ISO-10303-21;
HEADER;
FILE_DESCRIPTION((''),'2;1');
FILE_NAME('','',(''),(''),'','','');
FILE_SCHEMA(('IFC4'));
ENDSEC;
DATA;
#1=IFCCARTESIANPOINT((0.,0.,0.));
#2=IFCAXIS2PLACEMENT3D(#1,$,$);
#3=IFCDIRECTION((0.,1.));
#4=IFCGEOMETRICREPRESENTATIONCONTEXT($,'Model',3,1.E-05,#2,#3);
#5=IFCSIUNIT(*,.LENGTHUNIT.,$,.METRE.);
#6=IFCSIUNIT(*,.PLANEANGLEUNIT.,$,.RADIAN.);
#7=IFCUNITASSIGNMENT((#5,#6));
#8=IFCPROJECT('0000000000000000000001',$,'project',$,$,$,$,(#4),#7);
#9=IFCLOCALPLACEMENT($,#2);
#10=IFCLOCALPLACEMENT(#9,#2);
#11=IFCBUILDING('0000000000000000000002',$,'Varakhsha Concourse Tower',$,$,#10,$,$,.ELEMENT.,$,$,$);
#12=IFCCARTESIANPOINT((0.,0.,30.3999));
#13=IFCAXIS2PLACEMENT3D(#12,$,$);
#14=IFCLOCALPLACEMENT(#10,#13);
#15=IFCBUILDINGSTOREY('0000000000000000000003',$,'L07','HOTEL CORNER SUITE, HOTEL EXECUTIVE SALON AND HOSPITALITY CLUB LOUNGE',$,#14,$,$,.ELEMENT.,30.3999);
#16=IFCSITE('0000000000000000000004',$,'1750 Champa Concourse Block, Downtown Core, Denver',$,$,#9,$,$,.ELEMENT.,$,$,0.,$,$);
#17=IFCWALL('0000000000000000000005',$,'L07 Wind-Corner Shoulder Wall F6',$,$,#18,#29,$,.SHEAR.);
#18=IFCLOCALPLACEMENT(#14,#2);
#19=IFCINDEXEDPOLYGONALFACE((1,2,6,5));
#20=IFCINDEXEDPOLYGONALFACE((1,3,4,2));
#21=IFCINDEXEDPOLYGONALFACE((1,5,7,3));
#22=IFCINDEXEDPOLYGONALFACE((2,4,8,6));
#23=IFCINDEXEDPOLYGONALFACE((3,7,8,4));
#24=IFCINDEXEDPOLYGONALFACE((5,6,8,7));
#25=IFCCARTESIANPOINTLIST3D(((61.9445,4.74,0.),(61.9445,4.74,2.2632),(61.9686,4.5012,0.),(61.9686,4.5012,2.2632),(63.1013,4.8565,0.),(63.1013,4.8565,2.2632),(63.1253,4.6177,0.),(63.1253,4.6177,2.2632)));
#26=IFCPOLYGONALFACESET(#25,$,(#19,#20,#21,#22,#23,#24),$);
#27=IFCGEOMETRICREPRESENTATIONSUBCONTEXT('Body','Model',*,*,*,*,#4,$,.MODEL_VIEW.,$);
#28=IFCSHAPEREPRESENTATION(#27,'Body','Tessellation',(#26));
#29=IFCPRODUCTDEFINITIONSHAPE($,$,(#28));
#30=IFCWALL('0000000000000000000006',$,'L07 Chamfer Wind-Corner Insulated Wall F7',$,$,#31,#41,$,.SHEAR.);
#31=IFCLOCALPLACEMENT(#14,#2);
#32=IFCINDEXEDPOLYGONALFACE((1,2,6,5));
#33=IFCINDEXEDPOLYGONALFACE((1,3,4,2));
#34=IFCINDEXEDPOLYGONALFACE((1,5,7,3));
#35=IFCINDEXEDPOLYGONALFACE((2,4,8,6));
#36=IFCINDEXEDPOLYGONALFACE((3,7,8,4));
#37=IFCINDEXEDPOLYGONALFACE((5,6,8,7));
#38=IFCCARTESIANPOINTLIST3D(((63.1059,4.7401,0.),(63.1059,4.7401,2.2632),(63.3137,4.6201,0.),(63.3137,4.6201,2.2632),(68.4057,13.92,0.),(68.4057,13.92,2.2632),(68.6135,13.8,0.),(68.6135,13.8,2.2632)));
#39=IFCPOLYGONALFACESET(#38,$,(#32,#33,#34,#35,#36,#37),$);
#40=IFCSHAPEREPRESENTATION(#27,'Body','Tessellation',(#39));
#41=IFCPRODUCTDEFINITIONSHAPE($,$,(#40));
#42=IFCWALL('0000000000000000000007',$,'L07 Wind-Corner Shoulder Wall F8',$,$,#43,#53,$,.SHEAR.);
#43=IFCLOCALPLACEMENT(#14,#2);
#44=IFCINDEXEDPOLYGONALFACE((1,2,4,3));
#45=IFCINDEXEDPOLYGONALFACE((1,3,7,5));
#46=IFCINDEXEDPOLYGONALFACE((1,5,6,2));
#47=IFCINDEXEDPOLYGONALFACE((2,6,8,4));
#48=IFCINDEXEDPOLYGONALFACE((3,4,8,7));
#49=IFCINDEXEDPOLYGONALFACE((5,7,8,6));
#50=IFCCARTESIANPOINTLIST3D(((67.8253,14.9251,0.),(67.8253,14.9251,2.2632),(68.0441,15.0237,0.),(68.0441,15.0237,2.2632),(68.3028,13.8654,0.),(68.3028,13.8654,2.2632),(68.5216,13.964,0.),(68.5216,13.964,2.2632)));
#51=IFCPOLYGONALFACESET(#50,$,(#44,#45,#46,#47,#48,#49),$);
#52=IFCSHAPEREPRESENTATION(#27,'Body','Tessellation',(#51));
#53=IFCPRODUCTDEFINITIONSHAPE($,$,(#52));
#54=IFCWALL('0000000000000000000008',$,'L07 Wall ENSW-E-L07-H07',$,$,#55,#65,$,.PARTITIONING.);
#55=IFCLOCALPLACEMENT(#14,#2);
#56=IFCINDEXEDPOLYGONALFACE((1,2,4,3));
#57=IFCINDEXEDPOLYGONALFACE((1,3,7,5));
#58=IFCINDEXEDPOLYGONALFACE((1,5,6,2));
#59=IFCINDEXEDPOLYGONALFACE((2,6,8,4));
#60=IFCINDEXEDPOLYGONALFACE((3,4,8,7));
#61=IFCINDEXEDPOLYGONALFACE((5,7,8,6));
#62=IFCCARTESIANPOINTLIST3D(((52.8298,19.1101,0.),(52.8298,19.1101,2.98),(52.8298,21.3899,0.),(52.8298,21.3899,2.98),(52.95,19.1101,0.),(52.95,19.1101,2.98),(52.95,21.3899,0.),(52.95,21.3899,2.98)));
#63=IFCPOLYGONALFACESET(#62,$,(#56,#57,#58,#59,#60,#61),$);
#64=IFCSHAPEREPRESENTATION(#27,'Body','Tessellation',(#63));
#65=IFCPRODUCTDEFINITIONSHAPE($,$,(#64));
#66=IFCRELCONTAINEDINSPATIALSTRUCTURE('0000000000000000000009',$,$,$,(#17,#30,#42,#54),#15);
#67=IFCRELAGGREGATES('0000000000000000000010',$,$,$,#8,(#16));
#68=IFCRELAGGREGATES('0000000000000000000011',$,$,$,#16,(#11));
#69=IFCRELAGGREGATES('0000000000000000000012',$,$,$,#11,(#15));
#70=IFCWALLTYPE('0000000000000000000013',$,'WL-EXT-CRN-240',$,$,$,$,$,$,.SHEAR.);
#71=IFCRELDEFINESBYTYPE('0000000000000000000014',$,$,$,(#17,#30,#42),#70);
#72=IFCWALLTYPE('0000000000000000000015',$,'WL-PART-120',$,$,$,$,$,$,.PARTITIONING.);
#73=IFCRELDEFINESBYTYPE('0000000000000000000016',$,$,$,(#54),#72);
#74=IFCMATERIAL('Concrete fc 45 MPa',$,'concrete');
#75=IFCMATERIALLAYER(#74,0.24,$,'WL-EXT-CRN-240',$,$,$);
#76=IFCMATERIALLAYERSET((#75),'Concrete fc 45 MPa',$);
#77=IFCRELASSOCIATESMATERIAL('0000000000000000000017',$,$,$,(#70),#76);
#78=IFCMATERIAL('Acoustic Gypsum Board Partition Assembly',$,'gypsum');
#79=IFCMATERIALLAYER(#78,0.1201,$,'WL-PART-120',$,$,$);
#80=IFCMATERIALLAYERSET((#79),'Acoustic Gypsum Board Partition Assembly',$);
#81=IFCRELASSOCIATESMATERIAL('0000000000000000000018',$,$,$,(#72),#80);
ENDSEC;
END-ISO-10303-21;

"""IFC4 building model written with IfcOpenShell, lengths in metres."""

from ifc_helpers import new_model, si_unit, direction, frame, frame_2d, origin, place, context, subcontext, project, spatial, rectangle, extrude, material, layer, layer_set, type_object, element, save


model = new_model("IFC4")

# Units and contexts
model_context = context("Model", 3, precision=1e-05, world=origin(), true_north=direction((0.0, 1.0)))
body_context = subcontext(model_context, "Body", "Model", "MODEL_VIEW")
ifc_project = project(units=[si_unit("LENGTHUNIT", "METRE"), si_unit("PLANEANGLEUNIT", "RADIAN")], contexts=[model_context])

# Site, building, storey
site_placement = place(None, origin())
site = spatial("IfcSite", under=ifc_project, at=site_placement, Name="1750 Champa Concourse Block, Downtown Core, Denver", CompositionType="ELEMENT", RefElevation=0.0)
building_placement = place(site_placement, origin())
building = spatial("IfcBuilding", under=site, at=building_placement, Name="Varakhsha Concourse Tower", CompositionType="ELEMENT")
storey_placement = place(building_placement, frame((0.0, 0.0, 30.3999)))
storey = spatial("IfcBuildingStorey", under=building, at=storey_placement, Name="L07", Description="HOTEL CORNER SUITE, HOTEL EXECUTIVE SALON AND HOSPITALITY CLUB LOUNGE", CompositionType="ELEMENT", Elevation=30.3999)

# Walls
ifc_material_1 = material(Name="Concrete fc 45 MPa", Category="concrete")
ifc_layer_1 = layer(ifc_material_1, 0.24, Name="WL-EXT-CRN-240")
ifc_layer_set_1 = layer_set([ifc_layer_1], Name="Concrete fc 45 MPa")
wall_type_1 = type_object("IfcWallType", Name="WL-EXT-CRN-240", PredefinedType="SHEAR", material=ifc_layer_set_1)
wall_1_placement = place(storey_placement, frame((61.9565, 4.6206, 0.0), z_axis=(0.0, 0.0, 1.0), x_axis=(0.99497, 0.100169, 0.0)))
element("IfcWall", 1, at=wall_1_placement, inside=storey, type_object=wall_type_1, Name="L07 Wind-Corner Shoulder Wall F6", PredefinedType="SHEAR", context=body_context, shape_type="SweptSolid", body=[
    extrude(rectangle(XDim=1.1626, YDim=0.24, at=frame_2d((0.5813, 0.0))), origin(), (0.0, 0.0, 1.0), 2.2632),
])
wall_2_placement = place(storey_placement, frame((68.5095, 13.8599, 0.0), z_axis=(0.0, 0.0, 1.0), x_axis=(-0.499984, -0.866035, 0.0)))
element("IfcWall", 2, at=wall_2_placement, inside=storey, type_object=wall_type_1, Name="L07 Chamfer Wind-Corner Insulated Wall F7", PredefinedType="SHEAR", context=body_context, shape_type="SweptSolid", body=[
    extrude(rectangle(XDim=10.5999, YDim=0.24, at=frame_2d((5.2998, 0.0))), origin(), (0.0, 0.0, 1.0), 2.2632),
])
wall_3_placement = place(storey_placement, frame((68.4121, 13.9148, 0.0), z_axis=(0.0, 0.0, 1.0), x_axis=(-0.41081, 0.911721, 0.0)))
element("IfcWall", 3, at=wall_3_placement, inside=storey, type_object=wall_type_1, Name="L07 Wind-Corner Shoulder Wall F8", PredefinedType="SHEAR", context=body_context, shape_type="SweptSolid", body=[
    extrude(rectangle(XDim=1.1624, YDim=0.24, at=frame_2d((0.5811, 0.0))), origin(), (0.0, 0.0, 1.0), 2.2632),
])
ifc_material_2 = material(Name="Acoustic Gypsum Board Partition Assembly", Category="gypsum")
ifc_layer_2 = layer(ifc_material_2, 0.1201, Name="WL-PART-120")
ifc_layer_set_2 = layer_set([ifc_layer_2], Name="Acoustic Gypsum Board Partition Assembly")
wall_type_2 = type_object("IfcWallType", Name="WL-PART-120", PredefinedType="PARTITIONING", material=ifc_layer_set_2)
wall_4_placement = place(storey_placement, frame((52.8899, 19.1101, 0.0), z_axis=(0.0, 0.0, 1.0), x_axis=(0.0, 1.0, 0.0)))
element("IfcWall", 4, at=wall_4_placement, inside=storey, type_object=wall_type_2, Name="L07 Wall ENSW-E-L07-H07", PredefinedType="PARTITIONING", context=body_context, shape_type="SweptSolid", body=[
    extrude(rectangle(XDim=2.2798, YDim=0.1201, at=frame_2d((1.1399, 0.0))), origin(), (0.0, 0.0, 1.0), 2.98),
])

save(model, "model.ifc")
